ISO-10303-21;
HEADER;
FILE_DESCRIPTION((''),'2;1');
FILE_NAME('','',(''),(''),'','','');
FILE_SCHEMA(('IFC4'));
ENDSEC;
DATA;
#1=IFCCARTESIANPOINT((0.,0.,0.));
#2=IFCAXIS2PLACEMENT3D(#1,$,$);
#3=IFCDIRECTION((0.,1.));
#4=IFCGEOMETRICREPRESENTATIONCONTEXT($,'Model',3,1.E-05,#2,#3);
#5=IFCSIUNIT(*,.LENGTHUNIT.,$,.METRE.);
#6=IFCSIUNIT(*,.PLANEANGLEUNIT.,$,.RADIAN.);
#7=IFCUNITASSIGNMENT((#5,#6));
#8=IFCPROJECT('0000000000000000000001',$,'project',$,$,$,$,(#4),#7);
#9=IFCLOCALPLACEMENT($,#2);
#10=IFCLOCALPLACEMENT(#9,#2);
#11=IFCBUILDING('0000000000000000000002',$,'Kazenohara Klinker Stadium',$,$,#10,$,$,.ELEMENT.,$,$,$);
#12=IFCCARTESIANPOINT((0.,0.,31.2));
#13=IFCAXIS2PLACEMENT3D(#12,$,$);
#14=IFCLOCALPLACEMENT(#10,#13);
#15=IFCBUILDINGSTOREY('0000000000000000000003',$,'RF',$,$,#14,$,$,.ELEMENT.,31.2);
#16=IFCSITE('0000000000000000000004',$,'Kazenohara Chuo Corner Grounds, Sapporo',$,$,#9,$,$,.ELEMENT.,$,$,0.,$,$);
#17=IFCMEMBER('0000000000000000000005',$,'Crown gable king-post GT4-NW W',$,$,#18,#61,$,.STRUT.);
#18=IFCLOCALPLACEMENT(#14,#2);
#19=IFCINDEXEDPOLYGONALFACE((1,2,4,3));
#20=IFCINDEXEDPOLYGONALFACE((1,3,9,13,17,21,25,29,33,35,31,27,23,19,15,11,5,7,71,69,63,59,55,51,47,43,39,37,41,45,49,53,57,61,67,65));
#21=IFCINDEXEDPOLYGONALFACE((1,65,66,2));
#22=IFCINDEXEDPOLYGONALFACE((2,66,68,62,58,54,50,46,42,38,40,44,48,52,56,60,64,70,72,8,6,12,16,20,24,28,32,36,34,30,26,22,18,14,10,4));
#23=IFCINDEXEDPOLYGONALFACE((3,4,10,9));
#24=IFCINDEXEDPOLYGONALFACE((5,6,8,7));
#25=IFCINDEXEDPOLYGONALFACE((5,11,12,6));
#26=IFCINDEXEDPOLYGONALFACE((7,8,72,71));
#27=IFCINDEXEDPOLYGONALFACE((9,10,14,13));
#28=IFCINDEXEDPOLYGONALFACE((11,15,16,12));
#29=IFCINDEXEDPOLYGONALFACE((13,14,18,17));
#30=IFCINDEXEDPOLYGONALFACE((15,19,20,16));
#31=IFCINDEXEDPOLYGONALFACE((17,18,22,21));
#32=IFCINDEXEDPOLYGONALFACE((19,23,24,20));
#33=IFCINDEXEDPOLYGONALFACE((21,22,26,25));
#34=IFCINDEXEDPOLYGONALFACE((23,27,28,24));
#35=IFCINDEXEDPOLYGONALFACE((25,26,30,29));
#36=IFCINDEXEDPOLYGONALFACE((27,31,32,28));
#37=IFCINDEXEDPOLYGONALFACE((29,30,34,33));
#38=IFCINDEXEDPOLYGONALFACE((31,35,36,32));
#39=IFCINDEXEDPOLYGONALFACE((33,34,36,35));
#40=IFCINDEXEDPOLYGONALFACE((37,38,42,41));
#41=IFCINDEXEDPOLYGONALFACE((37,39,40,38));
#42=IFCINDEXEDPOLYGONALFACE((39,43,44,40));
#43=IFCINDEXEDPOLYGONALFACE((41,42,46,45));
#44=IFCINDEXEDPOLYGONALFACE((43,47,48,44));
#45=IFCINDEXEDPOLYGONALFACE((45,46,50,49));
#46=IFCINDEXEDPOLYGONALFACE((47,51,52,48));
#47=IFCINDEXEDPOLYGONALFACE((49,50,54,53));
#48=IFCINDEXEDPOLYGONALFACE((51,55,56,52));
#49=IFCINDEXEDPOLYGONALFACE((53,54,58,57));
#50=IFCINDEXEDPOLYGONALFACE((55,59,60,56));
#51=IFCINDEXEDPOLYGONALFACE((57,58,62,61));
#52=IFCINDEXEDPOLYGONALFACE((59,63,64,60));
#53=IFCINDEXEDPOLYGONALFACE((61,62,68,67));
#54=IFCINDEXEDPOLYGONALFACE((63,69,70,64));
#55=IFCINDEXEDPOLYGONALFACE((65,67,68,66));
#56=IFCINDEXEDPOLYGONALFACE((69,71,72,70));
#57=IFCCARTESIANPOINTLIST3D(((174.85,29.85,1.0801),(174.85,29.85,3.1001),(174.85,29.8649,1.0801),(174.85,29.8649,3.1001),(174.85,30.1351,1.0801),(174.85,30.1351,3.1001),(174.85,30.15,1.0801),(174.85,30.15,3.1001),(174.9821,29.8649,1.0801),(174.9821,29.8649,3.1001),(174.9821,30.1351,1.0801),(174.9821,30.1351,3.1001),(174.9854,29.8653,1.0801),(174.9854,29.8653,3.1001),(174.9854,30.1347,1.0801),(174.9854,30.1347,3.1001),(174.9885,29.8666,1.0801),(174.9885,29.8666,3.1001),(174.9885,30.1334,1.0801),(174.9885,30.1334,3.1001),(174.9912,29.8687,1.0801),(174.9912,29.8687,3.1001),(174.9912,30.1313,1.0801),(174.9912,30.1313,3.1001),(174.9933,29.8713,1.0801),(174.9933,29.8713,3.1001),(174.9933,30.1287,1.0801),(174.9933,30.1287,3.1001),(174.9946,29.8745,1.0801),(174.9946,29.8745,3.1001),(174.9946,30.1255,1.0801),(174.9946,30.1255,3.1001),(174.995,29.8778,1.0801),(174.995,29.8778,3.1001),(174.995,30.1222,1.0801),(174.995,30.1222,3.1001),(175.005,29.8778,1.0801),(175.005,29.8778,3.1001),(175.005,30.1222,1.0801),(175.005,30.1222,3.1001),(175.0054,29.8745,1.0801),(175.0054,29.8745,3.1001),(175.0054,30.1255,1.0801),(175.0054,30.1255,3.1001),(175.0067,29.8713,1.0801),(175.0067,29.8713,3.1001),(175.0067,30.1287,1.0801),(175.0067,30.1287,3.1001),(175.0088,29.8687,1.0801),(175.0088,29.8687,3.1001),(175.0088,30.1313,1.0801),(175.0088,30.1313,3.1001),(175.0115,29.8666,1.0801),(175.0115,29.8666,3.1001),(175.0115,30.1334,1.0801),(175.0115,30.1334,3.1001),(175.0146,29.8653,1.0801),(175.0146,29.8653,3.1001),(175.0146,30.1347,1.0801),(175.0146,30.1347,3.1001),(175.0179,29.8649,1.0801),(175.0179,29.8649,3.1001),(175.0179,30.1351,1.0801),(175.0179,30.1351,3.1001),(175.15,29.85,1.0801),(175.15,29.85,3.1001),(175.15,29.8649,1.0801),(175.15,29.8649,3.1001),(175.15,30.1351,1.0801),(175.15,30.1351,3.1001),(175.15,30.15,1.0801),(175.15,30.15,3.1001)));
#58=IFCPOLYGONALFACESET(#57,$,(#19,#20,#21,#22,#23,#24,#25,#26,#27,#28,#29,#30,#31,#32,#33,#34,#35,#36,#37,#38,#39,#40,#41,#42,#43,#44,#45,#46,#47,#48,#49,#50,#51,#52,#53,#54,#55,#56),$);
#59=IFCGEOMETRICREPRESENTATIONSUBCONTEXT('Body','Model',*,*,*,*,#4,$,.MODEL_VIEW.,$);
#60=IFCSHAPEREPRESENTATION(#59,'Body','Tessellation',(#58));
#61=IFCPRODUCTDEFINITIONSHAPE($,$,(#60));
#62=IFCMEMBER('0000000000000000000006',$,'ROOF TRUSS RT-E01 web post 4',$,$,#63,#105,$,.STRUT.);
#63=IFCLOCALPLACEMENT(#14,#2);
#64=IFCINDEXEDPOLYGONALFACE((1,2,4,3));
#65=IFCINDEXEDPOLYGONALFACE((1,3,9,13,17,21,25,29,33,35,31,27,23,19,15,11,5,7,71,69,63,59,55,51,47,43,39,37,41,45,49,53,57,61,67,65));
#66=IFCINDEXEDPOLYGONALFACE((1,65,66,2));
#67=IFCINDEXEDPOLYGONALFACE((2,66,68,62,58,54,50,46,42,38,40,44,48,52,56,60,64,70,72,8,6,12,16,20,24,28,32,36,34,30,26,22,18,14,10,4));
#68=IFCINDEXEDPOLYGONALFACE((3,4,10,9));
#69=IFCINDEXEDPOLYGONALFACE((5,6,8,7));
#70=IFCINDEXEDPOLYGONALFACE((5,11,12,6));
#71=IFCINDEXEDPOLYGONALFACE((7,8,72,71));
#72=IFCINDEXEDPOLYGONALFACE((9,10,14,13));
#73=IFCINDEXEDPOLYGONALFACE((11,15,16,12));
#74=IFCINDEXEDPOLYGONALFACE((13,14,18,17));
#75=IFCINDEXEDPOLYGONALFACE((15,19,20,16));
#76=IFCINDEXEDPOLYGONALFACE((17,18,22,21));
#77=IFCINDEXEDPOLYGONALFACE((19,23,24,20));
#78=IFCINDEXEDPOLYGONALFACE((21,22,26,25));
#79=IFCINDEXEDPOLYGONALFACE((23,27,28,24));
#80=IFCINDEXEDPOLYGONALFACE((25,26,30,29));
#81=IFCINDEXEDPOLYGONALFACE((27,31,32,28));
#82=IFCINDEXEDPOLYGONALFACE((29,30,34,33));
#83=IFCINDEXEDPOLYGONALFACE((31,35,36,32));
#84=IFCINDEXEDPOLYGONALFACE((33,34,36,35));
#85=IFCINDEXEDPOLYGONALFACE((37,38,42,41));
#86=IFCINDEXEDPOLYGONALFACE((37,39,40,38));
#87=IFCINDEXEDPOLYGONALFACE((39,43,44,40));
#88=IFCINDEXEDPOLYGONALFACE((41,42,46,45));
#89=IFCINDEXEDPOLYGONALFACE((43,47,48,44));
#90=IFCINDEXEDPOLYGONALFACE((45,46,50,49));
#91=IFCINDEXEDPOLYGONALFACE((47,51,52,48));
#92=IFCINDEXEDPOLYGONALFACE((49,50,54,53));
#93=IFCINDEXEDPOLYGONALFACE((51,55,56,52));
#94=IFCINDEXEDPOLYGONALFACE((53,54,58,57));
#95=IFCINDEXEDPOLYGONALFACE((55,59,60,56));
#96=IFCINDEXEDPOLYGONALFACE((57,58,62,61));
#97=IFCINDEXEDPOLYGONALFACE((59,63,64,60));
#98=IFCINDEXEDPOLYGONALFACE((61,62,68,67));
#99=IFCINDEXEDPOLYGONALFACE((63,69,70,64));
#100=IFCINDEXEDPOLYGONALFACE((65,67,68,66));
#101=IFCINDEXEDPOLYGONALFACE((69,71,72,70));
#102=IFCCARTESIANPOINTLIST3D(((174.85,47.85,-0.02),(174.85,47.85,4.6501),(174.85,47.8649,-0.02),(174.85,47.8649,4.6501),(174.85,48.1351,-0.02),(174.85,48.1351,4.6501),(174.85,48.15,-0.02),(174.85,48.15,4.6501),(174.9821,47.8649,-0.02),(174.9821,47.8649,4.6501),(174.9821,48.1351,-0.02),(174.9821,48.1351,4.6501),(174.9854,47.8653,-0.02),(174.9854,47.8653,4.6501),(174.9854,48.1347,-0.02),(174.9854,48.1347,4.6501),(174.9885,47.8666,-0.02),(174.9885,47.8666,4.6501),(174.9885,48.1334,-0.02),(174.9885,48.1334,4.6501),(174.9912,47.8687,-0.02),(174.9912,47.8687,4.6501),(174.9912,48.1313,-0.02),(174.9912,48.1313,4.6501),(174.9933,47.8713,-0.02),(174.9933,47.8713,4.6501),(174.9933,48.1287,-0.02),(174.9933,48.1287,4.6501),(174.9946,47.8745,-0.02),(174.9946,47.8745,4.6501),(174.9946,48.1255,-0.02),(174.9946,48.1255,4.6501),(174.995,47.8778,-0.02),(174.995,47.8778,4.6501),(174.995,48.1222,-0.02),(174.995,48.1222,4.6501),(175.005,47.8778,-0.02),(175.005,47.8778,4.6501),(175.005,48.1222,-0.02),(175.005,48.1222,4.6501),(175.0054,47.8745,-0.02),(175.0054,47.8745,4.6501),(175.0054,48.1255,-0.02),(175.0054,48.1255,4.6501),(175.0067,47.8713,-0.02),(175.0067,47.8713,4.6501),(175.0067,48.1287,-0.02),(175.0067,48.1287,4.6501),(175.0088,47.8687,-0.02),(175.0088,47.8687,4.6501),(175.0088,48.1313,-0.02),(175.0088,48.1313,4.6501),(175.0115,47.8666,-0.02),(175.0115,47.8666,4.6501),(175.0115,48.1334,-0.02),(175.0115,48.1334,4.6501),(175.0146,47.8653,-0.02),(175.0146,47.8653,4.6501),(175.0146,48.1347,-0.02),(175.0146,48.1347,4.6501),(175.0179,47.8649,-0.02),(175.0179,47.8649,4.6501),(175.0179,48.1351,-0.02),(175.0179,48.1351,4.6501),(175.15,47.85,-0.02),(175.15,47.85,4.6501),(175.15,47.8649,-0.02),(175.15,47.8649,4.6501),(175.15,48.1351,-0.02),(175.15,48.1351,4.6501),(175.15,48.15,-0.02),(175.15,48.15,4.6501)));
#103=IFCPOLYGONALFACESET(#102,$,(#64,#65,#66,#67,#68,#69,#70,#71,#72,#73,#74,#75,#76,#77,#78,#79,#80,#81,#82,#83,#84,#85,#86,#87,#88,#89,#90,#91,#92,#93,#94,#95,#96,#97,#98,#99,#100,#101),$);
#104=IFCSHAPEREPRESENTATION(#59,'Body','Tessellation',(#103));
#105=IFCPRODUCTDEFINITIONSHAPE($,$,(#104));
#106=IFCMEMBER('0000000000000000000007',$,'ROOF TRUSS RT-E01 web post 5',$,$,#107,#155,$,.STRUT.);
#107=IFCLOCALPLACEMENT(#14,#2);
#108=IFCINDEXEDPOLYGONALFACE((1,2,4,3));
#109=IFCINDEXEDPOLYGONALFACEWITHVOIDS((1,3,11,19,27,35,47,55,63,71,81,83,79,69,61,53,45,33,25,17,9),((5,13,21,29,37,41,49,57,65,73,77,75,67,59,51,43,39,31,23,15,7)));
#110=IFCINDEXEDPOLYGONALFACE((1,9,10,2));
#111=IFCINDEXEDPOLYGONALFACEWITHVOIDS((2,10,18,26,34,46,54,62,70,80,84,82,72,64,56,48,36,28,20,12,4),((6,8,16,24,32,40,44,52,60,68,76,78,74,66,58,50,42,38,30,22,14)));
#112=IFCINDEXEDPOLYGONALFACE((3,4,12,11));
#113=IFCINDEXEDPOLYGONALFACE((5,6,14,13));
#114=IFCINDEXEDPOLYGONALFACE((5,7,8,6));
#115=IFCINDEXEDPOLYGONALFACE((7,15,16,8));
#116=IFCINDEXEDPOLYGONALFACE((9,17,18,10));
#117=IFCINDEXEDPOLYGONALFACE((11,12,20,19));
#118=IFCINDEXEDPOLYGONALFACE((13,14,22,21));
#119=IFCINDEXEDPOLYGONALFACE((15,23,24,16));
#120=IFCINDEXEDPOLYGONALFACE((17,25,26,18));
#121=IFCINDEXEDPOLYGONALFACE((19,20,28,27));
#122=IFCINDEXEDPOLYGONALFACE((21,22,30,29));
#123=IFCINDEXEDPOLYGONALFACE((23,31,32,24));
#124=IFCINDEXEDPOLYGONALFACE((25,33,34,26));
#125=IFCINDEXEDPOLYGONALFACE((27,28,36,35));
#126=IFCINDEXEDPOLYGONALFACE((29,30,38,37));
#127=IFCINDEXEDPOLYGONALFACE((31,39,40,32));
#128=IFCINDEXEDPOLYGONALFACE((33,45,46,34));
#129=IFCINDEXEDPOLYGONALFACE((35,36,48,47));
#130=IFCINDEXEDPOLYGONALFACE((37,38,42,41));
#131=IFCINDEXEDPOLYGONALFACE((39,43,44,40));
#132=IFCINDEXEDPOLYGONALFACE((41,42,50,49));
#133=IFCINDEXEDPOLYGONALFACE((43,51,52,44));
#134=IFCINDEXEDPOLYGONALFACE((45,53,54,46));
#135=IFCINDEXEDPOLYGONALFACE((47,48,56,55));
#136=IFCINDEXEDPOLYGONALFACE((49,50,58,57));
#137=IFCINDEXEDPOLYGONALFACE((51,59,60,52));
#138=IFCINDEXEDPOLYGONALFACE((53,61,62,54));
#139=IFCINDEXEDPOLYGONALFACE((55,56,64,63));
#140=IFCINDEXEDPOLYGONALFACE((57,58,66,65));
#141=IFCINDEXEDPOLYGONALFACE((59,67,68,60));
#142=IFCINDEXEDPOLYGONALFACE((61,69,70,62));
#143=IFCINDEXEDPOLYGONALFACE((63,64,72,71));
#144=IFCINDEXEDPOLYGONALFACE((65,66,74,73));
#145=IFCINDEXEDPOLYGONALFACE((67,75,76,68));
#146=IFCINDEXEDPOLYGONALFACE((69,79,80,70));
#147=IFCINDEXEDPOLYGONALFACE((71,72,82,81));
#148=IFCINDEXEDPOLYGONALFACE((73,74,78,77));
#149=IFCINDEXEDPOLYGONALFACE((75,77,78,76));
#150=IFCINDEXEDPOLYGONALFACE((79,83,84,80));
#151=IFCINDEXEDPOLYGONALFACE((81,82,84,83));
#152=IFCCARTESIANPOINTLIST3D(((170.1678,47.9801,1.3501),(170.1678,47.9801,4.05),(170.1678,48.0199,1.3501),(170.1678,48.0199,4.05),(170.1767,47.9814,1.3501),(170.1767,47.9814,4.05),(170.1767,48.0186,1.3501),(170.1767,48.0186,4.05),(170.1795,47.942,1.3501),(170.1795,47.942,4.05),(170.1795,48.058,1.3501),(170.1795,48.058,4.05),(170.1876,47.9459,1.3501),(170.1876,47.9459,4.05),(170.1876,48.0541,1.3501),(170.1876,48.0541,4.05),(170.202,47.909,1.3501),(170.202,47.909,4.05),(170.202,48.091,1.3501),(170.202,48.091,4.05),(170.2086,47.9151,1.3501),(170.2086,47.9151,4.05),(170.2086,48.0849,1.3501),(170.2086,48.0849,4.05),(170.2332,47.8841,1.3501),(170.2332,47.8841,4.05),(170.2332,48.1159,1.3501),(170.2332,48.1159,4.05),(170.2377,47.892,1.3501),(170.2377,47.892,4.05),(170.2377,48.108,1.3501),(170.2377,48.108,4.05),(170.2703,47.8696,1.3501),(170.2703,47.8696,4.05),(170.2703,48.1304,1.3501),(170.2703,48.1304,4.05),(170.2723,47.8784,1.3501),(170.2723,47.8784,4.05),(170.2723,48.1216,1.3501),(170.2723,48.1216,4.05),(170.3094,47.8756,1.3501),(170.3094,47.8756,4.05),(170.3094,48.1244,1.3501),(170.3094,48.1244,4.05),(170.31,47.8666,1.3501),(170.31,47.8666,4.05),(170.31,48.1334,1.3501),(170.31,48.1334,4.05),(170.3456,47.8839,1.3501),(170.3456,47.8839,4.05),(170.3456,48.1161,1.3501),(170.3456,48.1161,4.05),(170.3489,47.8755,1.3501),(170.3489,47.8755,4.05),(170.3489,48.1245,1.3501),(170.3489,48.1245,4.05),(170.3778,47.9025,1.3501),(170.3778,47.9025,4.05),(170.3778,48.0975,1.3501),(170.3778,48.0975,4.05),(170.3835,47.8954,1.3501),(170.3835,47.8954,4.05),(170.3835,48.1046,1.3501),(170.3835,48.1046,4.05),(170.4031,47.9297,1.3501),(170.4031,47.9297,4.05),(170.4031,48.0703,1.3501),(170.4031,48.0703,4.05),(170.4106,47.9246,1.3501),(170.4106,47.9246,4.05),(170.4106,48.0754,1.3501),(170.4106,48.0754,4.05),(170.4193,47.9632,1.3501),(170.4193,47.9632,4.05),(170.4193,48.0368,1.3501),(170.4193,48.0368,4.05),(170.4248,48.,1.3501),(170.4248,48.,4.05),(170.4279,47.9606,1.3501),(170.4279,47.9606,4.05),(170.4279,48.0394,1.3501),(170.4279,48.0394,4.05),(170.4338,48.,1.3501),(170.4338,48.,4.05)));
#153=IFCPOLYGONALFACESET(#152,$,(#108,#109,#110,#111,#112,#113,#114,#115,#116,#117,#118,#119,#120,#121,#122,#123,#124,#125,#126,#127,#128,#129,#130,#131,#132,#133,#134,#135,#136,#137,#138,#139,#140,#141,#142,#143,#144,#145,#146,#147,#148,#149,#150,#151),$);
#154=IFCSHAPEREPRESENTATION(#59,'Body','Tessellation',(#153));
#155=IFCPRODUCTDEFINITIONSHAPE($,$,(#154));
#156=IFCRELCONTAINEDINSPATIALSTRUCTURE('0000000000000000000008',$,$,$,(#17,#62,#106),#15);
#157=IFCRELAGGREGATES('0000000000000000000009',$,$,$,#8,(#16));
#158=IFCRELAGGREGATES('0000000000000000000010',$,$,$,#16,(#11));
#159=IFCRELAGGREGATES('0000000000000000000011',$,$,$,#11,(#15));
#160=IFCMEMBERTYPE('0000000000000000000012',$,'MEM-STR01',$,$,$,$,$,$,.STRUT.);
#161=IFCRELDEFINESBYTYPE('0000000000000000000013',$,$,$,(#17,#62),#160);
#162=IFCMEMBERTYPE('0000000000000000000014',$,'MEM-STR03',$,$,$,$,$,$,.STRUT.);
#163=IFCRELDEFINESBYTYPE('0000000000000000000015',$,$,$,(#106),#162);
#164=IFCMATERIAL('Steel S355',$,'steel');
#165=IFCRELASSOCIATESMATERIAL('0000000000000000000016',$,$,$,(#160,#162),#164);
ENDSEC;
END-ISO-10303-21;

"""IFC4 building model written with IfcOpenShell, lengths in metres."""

from ifc_helpers import new_model, si_unit, direction, frame, origin, origin_2d, place, context, subcontext, project, spatial, hollow_circle, i_section, extrude, material, material_profile, profile_set, type_object, element, save


model = new_model("IFC4")

# Units and contexts
model_context = context("Model", 3, precision=1e-05, world=origin(), true_north=direction((0.0, 1.0)))
body_context = subcontext(model_context, "Body", "Model", "MODEL_VIEW")
ifc_project = project(units=[si_unit("LENGTHUNIT", "METRE"), si_unit("PLANEANGLEUNIT", "RADIAN")], contexts=[model_context])

# Site, building, storey
site_placement = place(None, origin())
site = spatial("IfcSite", under=ifc_project, at=site_placement, Name="Kazenohara Chuo Corner Grounds, Sapporo", CompositionType="ELEMENT", RefElevation=0.0)
building_placement = place(site_placement, origin())
building = spatial("IfcBuilding", under=site, at=building_placement, Name="Kazenohara Klinker Stadium", CompositionType="ELEMENT")
storey_placement = place(building_placement, frame((0.0, 0.0, 31.2)))
storey = spatial("IfcBuildingStorey", under=building, at=storey_placement, Name="RF", CompositionType="ELEMENT", Elevation=31.2)

# Members
ifc_material_1 = material(Name="Steel S355", Category="steel")
ifc_material_profile_1 = material_profile(ifc_material_1, i_section(OverallWidth=0.3, OverallDepth=0.3, WebThickness=0.01, FlangeThickness=0.0149, FilletRadius=0.0129, at=origin_2d()), Name="H-300x300x10x15")
ifc_profile_set_1 = profile_set([ifc_material_profile_1], Name="Steel S355")
member_type_1 = type_object("IfcMemberType", Name="MEM-STR01", PredefinedType="STRUT", material=ifc_profile_set_1)
member_1_placement = place(storey_placement, frame((175.0, 30.0, 1.0801), z_axis=(0.0, 0.0, 1.0), x_axis=(1.0, 0.0, 0.0)))
element("IfcMember", 1, at=member_1_placement, inside=storey, type_object=member_type_1, Name="Crown gable king-post GT4-NW W", PredefinedType="STRUT", context=body_context, shape_type="SweptSolid", body=[
    extrude(i_section(OverallWidth=0.3, OverallDepth=0.3, WebThickness=0.01, FlangeThickness=0.0149, FilletRadius=0.0129, at=origin_2d()), origin(), (0.0, 0.0, 1.0), 2.02),
])
member_2_placement = place(storey_placement, frame((175.0, 48.0, -0.02), z_axis=(0.0, 0.0, 1.0), x_axis=(1.0, 0.0, 0.0)))
element("IfcMember", 2, at=member_2_placement, inside=storey, type_object=member_type_1, Name="ROOF TRUSS RT-E01 web post 4", PredefinedType="STRUT", context=body_context, shape_type="SweptSolid", body=[
    extrude(i_section(OverallWidth=0.3, OverallDepth=0.3, WebThickness=0.01, FlangeThickness=0.0149, FilletRadius=0.0129, at=origin_2d()), origin(), (0.0, 0.0, 1.0), 4.6702),
])
ifc_material_profile_2 = material_profile(ifc_material_1, hollow_circle(Radius=0.1338, WallThickness=0.009, at=origin_2d()), Name="CHS-267.4x9")
ifc_profile_set_2 = profile_set([ifc_material_profile_2], Name="Steel S355")
member_type_2 = type_object("IfcMemberType", Name="MEM-STR03", PredefinedType="STRUT", material=ifc_profile_set_2)
member_3_placement = place(storey_placement, frame((170.3, 48.0, 1.3501), z_axis=(0.0, 0.0, 1.0), x_axis=(1.0, 0.0, 0.0)))
element("IfcMember", 3, at=member_3_placement, inside=storey, type_object=member_type_2, Name="ROOF TRUSS RT-E01 web post 5", PredefinedType="STRUT", context=body_context, shape_type="SweptSolid", body=[
    extrude(hollow_circle(Radius=0.1338, WallThickness=0.009, at=origin_2d()), origin(), (0.0, 0.0, 1.0), 2.7),
])

save(model, "model.ifc")
